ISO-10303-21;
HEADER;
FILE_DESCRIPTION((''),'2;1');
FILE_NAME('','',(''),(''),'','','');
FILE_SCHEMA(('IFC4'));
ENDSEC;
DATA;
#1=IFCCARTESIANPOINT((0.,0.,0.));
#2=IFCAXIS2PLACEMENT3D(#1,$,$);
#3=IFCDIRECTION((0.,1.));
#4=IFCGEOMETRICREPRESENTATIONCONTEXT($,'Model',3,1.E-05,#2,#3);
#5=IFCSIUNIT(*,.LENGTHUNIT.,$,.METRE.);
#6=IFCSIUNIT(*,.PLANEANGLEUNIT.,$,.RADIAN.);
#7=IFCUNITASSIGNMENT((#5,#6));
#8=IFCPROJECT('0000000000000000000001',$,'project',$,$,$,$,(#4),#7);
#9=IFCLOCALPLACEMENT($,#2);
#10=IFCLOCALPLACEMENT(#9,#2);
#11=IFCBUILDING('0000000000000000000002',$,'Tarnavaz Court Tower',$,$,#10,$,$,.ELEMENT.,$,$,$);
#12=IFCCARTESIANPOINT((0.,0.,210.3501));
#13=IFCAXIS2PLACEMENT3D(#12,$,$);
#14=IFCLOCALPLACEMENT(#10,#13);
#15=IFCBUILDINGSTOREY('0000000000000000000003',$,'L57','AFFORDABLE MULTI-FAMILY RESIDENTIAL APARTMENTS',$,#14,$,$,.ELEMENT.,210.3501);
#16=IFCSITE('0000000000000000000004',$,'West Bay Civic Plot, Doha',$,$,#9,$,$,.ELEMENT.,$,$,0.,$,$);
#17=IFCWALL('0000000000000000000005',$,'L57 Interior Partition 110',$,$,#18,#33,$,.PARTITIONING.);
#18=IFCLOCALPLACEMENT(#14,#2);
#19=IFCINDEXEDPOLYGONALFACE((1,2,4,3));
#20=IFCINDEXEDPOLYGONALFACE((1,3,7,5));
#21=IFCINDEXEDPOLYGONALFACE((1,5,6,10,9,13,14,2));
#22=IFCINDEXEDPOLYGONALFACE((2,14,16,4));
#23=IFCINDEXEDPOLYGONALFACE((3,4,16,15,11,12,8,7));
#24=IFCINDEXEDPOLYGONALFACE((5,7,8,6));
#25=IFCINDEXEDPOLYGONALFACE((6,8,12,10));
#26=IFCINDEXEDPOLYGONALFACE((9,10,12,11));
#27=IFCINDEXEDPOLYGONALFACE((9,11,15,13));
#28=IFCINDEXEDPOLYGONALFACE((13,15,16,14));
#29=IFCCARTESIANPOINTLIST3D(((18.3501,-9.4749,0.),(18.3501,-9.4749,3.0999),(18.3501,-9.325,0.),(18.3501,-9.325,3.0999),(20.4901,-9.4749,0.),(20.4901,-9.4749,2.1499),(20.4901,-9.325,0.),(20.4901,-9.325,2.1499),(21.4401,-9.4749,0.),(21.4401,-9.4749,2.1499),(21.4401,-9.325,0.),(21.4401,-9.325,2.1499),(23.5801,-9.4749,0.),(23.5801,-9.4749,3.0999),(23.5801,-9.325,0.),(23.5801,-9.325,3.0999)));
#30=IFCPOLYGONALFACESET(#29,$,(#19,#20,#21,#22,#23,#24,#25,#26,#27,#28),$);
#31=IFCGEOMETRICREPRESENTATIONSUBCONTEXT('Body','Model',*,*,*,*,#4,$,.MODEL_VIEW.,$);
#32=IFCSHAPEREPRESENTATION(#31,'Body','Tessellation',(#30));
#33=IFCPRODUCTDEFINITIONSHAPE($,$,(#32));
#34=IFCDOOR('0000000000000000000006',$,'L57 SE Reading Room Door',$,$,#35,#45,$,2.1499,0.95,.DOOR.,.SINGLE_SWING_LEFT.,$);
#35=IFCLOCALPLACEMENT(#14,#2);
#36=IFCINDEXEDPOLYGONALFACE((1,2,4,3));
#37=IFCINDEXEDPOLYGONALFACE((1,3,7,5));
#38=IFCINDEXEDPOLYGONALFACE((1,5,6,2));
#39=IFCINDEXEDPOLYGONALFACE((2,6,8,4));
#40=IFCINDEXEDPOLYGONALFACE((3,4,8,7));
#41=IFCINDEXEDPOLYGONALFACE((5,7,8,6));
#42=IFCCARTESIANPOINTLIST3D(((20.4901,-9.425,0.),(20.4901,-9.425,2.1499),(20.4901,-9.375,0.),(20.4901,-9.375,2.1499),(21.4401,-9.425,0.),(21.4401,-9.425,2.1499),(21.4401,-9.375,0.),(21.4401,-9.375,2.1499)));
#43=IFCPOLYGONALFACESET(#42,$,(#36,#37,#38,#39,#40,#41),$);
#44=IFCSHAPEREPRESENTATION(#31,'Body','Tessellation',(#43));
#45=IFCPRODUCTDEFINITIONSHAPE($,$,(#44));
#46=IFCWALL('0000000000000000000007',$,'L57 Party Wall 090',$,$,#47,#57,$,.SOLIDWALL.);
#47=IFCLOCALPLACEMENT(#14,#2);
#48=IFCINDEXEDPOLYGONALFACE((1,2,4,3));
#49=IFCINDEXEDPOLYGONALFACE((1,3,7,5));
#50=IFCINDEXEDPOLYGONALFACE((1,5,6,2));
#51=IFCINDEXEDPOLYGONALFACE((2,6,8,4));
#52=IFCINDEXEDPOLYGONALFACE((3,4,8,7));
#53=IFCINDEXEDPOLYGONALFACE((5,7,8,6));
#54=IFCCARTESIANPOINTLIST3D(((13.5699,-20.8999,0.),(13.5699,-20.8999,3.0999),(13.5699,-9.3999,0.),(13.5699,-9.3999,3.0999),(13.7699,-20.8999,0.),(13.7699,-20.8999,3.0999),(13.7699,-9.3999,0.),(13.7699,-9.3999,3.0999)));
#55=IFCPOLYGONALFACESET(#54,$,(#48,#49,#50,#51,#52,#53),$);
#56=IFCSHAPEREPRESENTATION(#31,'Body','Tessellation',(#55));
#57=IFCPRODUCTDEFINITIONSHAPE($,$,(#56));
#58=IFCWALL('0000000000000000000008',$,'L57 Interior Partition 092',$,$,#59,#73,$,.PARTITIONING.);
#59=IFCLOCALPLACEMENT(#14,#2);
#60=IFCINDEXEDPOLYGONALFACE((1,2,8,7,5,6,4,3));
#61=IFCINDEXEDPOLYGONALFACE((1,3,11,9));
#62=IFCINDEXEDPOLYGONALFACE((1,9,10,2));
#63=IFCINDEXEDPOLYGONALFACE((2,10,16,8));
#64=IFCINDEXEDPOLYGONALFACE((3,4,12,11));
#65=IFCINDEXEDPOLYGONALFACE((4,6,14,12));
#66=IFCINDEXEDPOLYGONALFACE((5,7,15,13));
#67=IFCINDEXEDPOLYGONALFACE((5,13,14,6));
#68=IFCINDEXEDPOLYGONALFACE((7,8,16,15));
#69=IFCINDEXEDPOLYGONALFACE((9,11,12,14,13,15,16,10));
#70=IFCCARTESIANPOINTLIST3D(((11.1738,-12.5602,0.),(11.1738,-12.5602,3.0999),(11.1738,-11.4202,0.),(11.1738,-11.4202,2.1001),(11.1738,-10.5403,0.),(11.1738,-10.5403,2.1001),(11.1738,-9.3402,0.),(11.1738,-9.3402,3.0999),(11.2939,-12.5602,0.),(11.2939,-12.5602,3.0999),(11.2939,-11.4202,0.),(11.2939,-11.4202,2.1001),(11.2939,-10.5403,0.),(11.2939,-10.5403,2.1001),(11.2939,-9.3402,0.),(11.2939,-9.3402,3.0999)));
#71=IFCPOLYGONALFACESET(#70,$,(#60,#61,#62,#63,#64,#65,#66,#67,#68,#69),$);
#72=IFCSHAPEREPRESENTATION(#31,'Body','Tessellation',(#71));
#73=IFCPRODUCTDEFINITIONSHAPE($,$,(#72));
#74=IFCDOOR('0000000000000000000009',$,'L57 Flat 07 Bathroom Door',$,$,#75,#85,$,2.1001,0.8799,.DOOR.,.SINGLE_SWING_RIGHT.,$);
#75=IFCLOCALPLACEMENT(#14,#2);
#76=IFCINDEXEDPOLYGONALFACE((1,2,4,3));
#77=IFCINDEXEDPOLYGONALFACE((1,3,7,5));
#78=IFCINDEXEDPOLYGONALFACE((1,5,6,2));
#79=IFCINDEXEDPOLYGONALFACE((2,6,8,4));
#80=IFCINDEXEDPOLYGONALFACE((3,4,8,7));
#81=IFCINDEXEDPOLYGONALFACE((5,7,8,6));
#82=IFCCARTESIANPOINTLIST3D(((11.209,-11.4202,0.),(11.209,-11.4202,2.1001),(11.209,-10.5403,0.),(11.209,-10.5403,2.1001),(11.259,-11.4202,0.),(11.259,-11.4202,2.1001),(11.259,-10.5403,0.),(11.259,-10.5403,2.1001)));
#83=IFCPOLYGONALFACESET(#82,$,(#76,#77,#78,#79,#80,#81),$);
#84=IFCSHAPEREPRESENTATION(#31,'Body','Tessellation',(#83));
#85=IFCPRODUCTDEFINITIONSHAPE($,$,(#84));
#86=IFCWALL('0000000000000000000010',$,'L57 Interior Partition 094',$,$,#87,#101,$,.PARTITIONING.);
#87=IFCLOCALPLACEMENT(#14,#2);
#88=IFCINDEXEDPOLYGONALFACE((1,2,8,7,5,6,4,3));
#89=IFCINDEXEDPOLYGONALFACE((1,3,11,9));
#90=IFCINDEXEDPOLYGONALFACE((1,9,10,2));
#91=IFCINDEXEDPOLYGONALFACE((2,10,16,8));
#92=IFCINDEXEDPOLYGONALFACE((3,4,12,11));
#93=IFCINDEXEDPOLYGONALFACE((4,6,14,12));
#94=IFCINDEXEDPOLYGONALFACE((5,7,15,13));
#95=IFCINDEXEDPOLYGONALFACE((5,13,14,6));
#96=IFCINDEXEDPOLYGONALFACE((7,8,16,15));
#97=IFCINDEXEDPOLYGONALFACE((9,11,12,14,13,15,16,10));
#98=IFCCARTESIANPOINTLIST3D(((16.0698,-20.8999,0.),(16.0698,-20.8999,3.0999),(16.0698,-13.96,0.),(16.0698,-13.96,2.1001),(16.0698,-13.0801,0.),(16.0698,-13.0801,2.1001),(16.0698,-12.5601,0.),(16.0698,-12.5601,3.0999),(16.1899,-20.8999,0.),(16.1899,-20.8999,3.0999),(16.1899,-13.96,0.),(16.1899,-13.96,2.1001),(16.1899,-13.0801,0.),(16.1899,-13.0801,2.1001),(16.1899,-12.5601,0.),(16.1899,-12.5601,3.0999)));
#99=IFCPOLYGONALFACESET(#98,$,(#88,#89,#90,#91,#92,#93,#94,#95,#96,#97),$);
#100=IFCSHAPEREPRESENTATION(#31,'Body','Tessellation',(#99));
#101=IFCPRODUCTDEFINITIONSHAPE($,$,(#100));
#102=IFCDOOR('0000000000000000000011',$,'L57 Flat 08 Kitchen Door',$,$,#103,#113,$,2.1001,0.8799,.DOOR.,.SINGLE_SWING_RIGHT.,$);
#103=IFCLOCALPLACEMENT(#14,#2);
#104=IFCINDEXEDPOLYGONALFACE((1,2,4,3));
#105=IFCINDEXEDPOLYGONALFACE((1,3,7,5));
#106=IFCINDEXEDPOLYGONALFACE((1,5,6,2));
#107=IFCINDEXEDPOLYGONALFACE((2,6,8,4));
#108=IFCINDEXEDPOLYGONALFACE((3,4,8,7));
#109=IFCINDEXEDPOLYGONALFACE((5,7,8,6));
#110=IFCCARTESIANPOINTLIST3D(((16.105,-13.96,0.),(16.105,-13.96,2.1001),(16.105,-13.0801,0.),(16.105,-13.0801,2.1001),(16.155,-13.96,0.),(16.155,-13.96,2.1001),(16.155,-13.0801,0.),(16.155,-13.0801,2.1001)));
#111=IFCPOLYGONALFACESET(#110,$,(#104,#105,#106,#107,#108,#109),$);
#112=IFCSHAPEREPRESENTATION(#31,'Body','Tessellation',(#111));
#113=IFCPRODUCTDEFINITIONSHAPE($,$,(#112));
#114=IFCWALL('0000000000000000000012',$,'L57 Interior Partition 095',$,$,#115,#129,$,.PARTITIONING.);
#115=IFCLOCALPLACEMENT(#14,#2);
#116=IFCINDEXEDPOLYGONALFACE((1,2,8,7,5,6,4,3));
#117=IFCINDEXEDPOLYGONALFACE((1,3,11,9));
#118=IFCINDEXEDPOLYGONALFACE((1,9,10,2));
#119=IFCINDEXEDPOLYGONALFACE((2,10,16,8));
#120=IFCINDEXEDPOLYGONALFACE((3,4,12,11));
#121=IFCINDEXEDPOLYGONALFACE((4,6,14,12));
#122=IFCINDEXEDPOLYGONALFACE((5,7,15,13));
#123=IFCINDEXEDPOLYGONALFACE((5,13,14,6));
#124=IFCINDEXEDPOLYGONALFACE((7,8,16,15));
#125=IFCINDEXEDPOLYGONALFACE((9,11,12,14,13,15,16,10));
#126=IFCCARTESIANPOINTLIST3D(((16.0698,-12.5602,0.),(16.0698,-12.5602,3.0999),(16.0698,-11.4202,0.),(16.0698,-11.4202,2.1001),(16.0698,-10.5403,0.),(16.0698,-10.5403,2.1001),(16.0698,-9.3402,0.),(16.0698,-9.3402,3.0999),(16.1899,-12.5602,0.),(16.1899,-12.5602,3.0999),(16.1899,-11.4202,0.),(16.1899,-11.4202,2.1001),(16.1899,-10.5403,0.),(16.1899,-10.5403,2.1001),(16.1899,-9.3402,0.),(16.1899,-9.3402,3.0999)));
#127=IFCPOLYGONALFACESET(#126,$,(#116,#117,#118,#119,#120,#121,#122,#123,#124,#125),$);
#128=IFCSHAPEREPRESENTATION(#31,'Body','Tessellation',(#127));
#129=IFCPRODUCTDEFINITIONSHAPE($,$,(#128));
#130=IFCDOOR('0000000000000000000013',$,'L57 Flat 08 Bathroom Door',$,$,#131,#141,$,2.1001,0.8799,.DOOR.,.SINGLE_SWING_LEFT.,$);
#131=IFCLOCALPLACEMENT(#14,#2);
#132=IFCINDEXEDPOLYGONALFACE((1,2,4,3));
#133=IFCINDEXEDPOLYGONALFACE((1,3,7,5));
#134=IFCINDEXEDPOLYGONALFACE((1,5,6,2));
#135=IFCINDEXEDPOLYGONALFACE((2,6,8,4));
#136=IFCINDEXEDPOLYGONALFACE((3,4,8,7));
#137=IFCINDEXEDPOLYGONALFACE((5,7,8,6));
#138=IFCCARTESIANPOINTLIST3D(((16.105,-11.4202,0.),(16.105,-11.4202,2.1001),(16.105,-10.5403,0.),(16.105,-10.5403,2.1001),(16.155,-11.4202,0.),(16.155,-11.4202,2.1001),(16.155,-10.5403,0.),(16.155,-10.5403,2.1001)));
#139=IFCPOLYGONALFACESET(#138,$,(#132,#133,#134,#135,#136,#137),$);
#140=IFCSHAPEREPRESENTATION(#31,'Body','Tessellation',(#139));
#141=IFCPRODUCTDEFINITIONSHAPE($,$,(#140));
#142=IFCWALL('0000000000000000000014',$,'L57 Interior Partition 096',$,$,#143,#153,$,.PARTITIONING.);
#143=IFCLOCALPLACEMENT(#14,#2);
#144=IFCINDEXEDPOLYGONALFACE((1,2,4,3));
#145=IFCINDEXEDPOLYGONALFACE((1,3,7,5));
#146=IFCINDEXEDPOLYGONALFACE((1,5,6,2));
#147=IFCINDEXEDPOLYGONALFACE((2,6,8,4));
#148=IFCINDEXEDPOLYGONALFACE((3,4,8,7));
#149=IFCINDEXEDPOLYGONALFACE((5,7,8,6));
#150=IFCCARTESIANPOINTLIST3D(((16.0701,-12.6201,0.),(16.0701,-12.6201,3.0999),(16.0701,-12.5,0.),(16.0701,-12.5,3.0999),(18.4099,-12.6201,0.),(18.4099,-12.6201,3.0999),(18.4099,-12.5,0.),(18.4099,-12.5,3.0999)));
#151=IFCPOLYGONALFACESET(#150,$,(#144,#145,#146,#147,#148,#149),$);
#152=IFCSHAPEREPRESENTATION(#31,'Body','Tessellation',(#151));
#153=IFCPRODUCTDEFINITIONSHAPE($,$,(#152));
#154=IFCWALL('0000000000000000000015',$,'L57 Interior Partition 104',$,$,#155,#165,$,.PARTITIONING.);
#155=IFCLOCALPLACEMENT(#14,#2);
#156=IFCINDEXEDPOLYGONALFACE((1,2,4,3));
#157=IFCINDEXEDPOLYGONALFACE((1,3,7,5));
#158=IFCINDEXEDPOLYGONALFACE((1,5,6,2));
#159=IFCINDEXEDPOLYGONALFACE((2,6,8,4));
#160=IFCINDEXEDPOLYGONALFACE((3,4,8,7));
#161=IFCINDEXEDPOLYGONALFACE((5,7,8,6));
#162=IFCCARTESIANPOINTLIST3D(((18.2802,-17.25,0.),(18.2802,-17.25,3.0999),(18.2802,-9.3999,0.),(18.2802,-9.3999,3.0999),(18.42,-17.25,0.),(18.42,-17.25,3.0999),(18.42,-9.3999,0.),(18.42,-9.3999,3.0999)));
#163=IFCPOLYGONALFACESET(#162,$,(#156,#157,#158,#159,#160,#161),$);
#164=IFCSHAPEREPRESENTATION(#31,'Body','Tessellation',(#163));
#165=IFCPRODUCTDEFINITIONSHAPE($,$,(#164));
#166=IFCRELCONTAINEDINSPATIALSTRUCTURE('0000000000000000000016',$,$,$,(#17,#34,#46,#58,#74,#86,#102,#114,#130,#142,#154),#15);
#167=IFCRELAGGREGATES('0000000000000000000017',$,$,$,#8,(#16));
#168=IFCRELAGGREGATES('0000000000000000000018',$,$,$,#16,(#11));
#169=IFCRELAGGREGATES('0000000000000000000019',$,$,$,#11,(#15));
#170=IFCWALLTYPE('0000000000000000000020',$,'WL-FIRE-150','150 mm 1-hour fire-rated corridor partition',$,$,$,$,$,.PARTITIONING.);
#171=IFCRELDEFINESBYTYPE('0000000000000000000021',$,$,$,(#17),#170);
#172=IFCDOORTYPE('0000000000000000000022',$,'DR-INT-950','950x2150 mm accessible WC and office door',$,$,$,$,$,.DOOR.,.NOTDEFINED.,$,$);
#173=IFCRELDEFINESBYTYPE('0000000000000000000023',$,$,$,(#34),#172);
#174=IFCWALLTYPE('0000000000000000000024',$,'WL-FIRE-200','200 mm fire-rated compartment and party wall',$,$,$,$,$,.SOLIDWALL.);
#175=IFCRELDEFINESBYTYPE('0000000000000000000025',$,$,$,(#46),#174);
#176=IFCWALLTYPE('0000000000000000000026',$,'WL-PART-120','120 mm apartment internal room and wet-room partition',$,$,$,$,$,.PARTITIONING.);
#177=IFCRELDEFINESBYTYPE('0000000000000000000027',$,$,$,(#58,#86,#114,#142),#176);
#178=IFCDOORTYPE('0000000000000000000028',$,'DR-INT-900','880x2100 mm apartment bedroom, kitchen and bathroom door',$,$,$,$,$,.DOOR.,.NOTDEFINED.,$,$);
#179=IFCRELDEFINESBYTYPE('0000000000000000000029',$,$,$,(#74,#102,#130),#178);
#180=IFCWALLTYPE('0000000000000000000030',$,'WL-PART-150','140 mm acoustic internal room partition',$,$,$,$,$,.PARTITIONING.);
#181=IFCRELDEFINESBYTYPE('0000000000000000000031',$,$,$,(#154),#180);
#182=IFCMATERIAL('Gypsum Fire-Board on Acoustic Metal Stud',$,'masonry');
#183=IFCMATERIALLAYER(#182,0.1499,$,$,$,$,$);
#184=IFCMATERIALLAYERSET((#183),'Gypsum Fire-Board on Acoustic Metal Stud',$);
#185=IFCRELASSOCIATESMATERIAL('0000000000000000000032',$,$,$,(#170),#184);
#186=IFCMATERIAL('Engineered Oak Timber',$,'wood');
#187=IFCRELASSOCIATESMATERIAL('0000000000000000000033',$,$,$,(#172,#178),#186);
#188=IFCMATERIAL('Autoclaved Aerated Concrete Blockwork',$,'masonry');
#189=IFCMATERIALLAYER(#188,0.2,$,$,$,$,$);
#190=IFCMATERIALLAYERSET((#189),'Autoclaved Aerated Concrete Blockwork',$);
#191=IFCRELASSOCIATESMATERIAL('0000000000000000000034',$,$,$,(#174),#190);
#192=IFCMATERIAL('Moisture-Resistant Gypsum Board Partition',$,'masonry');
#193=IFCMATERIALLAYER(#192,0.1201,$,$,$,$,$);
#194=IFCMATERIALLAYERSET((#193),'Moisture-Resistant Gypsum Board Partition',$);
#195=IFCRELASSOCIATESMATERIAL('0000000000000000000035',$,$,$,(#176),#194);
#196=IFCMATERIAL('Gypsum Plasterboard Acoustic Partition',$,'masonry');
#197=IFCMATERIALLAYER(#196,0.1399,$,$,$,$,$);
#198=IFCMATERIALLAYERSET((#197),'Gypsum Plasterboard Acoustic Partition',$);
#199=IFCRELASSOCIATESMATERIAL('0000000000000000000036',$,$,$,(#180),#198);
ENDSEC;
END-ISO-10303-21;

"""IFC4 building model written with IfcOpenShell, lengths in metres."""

from ifc_helpers import new_model, si_unit, direction, frame, frame_2d, origin, place, context, subcontext, project, spatial, rectangle, extrude, material, layer, layer_set, type_object, element, fill, save


model = new_model("IFC4")

# Units and contexts
model_context = context("Model", 3, precision=1e-05, world=origin(), true_north=direction((0.0, 1.0)))
body_context = subcontext(model_context, "Body", "Model", "MODEL_VIEW")
ifc_project = project(units=[si_unit("LENGTHUNIT", "METRE"), si_unit("PLANEANGLEUNIT", "RADIAN")], contexts=[model_context])

# Site, building, storey
site_placement = place(None, origin())
site = spatial("IfcSite", under=ifc_project, at=site_placement, Name="West Bay Civic Plot, Doha", CompositionType="ELEMENT", RefElevation=0.0)
building_placement = place(site_placement, origin())
building = spatial("IfcBuilding", under=site, at=building_placement, Name="Tarnavaz Court Tower", CompositionType="ELEMENT")
storey_placement = place(building_placement, frame((0.0, 0.0, 210.3501)))
storey = spatial("IfcBuildingStorey", under=building, at=storey_placement, Name="L57", Description="AFFORDABLE MULTI-FAMILY RESIDENTIAL APARTMENTS", CompositionType="ELEMENT", Elevation=210.3501)

# Wall, opening, door
ifc_material_1 = material(Name="Gypsum Fire-Board on Acoustic Metal Stud", Category="masonry")
ifc_layer_1 = layer(ifc_material_1, 0.1499)
ifc_layer_set_1 = layer_set([ifc_layer_1], Name="Gypsum Fire-Board on Acoustic Metal Stud")
wall_type_1 = type_object("IfcWallType", Name="WL-FIRE-150", Description="150 mm 1-hour fire-rated corridor partition", PredefinedType="PARTITIONING", material=ifc_layer_set_1)
wall_1_placement = place(storey_placement, frame((18.3501, -9.3999, 0.0), z_axis=(0.0, 0.0, 1.0), x_axis=(1.0, 0.0, 0.0)))
wall_1 = element("IfcWall", 1, at=wall_1_placement, inside=storey, type_object=wall_type_1, Name="L57 Interior Partition 110", PredefinedType="PARTITIONING", context=body_context, shape_type="SweptSolid", body=[
    extrude(rectangle(XDim=5.23, YDim=0.1499, at=frame_2d((2.615, 0.0))), origin(), (0.0, 0.0, 1.0), 3.0999),
])
opening_1_placement = place(wall_1_placement, frame((2.1399, 0.0, 0.0)))
opening_1 = element("IfcOpeningElement", 2, at=opening_1_placement, cuts=wall_1, PredefinedType="OPENING", context=body_context, shape_type="SweptSolid", body=[
    extrude(rectangle(XDim=0.95, YDim=2.1499, at=frame_2d((0.4751, 1.075))), frame((0.0, 0.085, 0.0), z_axis=(0.0, -1.0, 0.0), x_axis=(1.0, 0.0, 0.0)), (0.0, 0.0, 1.0), 0.1699),
])
ifc_material_2 = material(Name="Engineered Oak Timber", Category="wood")
door_type_1 = type_object("IfcDoorType", Name="DR-INT-950", Description="950x2150 mm accessible WC and office door", OperationType="NOTDEFINED", PredefinedType="DOOR", material=ifc_material_2)
door_1_placement = place(opening_1_placement, origin())
door_1 = element("IfcDoor", 3, at=door_1_placement, inside=storey, type_object=door_type_1, Name="L57 SE Reading Room Door", OperationType="SINGLE_SWING_LEFT", OverallHeight=2.1499, OverallWidth=0.95, PredefinedType="DOOR", context=body_context, shape_type="SweptSolid", body=[
    extrude(rectangle(XDim=0.95, YDim=2.1499, at=frame_2d((0.4751, 1.075))), frame((0.0, 0.0249, 0.0), z_axis=(0.0, -1.0, 0.0), x_axis=(1.0, 0.0, 0.0)), (0.0, 0.0, 1.0), 0.05),
])
fill(opening_1, door_1)

# Wall
ifc_material_3 = material(Name="Autoclaved Aerated Concrete Blockwork", Category="masonry")
ifc_layer_2 = layer(ifc_material_3, 0.2)
ifc_layer_set_2 = layer_set([ifc_layer_2], Name="Autoclaved Aerated Concrete Blockwork")
wall_type_2 = type_object("IfcWallType", Name="WL-FIRE-200", Description="200 mm fire-rated compartment and party wall", PredefinedType="SOLIDWALL", material=ifc_layer_set_2)
wall_2_placement = place(storey_placement, frame((13.6699, -20.8999, 0.0), z_axis=(0.0, 0.0, 1.0), x_axis=(0.0, 1.0, 0.0)))
element("IfcWall", 4, at=wall_2_placement, inside=storey, type_object=wall_type_2, Name="L57 Party Wall 090", PredefinedType="SOLIDWALL", context=body_context, shape_type="SweptSolid", body=[
    extrude(rectangle(XDim=11.5, YDim=0.2, at=frame_2d((5.75, 0.0))), origin(), (0.0, 0.0, 1.0), 3.0999),
])

# Walls, openings, doors
ifc_material_4 = material(Name="Moisture-Resistant Gypsum Board Partition", Category="masonry")
ifc_layer_3 = layer(ifc_material_4, 0.1201)
ifc_layer_set_3 = layer_set([ifc_layer_3], Name="Moisture-Resistant Gypsum Board Partition")
wall_type_3 = type_object("IfcWallType", Name="WL-PART-120", Description="120 mm apartment internal room and wet-room partition", PredefinedType="PARTITIONING", material=ifc_layer_set_3)
wall_3_placement = place(storey_placement, frame((11.2339, -12.5601, 0.0), z_axis=(0.0, 0.0, 1.0), x_axis=(0.0, 1.0, 0.0)))
wall_3 = element("IfcWall", 5, at=wall_3_placement, inside=storey, type_object=wall_type_3, Name="L57 Interior Partition 092", PredefinedType="PARTITIONING", context=body_context, shape_type="SweptSolid", body=[
    extrude(rectangle(XDim=3.22, YDim=0.1201, at=frame_2d((1.6099, 0.0))), origin(), (0.0, 0.0, 1.0), 3.0999),
])
opening_2_placement = place(wall_3_placement, frame((1.1399, 0.0, 0.0)))
opening_2 = element("IfcOpeningElement", 6, at=opening_2_placement, cuts=wall_3, PredefinedType="OPENING", context=body_context, shape_type="SweptSolid", body=[
    extrude(rectangle(XDim=0.8799, YDim=2.1001, at=frame_2d((0.4399, 1.05))), frame((0.0, 0.0701, 0.0), z_axis=(0.0, -1.0, 0.0), x_axis=(1.0, 0.0, 0.0)), (0.0, 0.0, 1.0), 0.1401),
])
door_type_2 = type_object("IfcDoorType", Name="DR-INT-900", Description="880x2100 mm apartment bedroom, kitchen and bathroom door", OperationType="NOTDEFINED", PredefinedType="DOOR", material=ifc_material_2)
door_2_placement = place(opening_2_placement, origin())
door_2 = element("IfcDoor", 7, at=door_2_placement, inside=storey, type_object=door_type_2, Name="L57 Flat 07 Bathroom Door", OperationType="SINGLE_SWING_RIGHT", OverallHeight=2.1001, OverallWidth=0.8799, PredefinedType="DOOR", context=body_context, shape_type="SweptSolid", body=[
    extrude(rectangle(XDim=0.8799, YDim=2.1001, at=frame_2d((0.4399, 1.05))), frame((0.0, 0.0249, 0.0), z_axis=(0.0, -1.0, 0.0), x_axis=(1.0, 0.0, 0.0)), (0.0, 0.0, 1.0), 0.05),
])
fill(opening_2, door_2)
wall_4_placement = place(storey_placement, frame((16.1299, -20.8999, 0.0), z_axis=(0.0, 0.0, 1.0), x_axis=(0.0, 1.0, 0.0)))
wall_4 = element("IfcWall", 8, at=wall_4_placement, inside=storey, type_object=wall_type_3, Name="L57 Interior Partition 094", PredefinedType="PARTITIONING", context=body_context, shape_type="SweptSolid", body=[
    extrude(rectangle(XDim=8.3398, YDim=0.1201, at=frame_2d((4.1699, 0.0))), origin(), (0.0, 0.0, 1.0), 3.0999),
])
opening_3_placement = place(wall_4_placement, frame((6.9399, 0.0, 0.0)))
opening_3 = element("IfcOpeningElement", 9, at=opening_3_placement, cuts=wall_4, PredefinedType="OPENING", context=body_context, shape_type="SweptSolid", body=[
    extrude(rectangle(XDim=0.8799, YDim=2.1001, at=frame_2d((0.4399, 1.05))), frame((0.0, 0.0701, 0.0), z_axis=(0.0, -1.0, 0.0), x_axis=(1.0, 0.0, 0.0)), (0.0, 0.0, 1.0), 0.1401),
])
door_3_placement = place(opening_3_placement, origin())
door_3 = element("IfcDoor", 10, at=door_3_placement, inside=storey, type_object=door_type_2, Name="L57 Flat 08 Kitchen Door", OperationType="SINGLE_SWING_RIGHT", OverallHeight=2.1001, OverallWidth=0.8799, PredefinedType="DOOR", context=body_context, shape_type="SweptSolid", body=[
    extrude(rectangle(XDim=0.8799, YDim=2.1001, at=frame_2d((0.4399, 1.05))), frame((0.0, 0.0249, 0.0), z_axis=(0.0, -1.0, 0.0), x_axis=(1.0, 0.0, 0.0)), (0.0, 0.0, 1.0), 0.05),
])
fill(opening_3, door_3)
wall_5_placement = place(storey_placement, frame((16.1299, -12.5601, 0.0), z_axis=(0.0, 0.0, 1.0), x_axis=(0.0, 1.0, 0.0)))
wall_5 = element("IfcWall", 11, at=wall_5_placement, inside=storey, type_object=wall_type_3, Name="L57 Interior Partition 095", PredefinedType="PARTITIONING", context=body_context, shape_type="SweptSolid", body=[
    extrude(rectangle(XDim=3.22, YDim=0.1201, at=frame_2d((1.6099, 0.0))), origin(), (0.0, 0.0, 1.0), 3.0999),
])
opening_4_placement = place(wall_5_placement, frame((1.1399, 0.0, 0.0)))
opening_4 = element("IfcOpeningElement", 12, at=opening_4_placement, cuts=wall_5, PredefinedType="OPENING", context=body_context, shape_type="SweptSolid", body=[
    extrude(rectangle(XDim=0.8799, YDim=2.1001, at=frame_2d((0.4399, 1.05))), frame((0.0, 0.0701, 0.0), z_axis=(0.0, -1.0, 0.0), x_axis=(1.0, 0.0, 0.0)), (0.0, 0.0, 1.0), 0.1401),
])
door_4_placement = place(opening_4_placement, origin())
door_4 = element("IfcDoor", 13, at=door_4_placement, inside=storey, type_object=door_type_2, Name="L57 Flat 08 Bathroom Door", OperationType="SINGLE_SWING_LEFT", OverallHeight=2.1001, OverallWidth=0.8799, PredefinedType="DOOR", context=body_context, shape_type="SweptSolid", body=[
    extrude(rectangle(XDim=0.8799, YDim=2.1001, at=frame_2d((0.4399, 1.05))), frame((0.0, 0.0249, 0.0), z_axis=(0.0, -1.0, 0.0), x_axis=(1.0, 0.0, 0.0)), (0.0, 0.0, 1.0), 0.05),
])
fill(opening_4, door_4)

# Walls
wall_6_placement = place(storey_placement, frame((16.0701, -12.5601, 0.0), z_axis=(0.0, 0.0, 1.0), x_axis=(1.0, 0.0, 0.0)))
element("IfcWall", 14, at=wall_6_placement, inside=storey, type_object=wall_type_3, Name="L57 Interior Partition 096", PredefinedType="PARTITIONING", context=body_context, shape_type="SweptSolid", body=[
    extrude(rectangle(XDim=2.3398, YDim=0.1201, at=frame_2d((1.1699, 0.0))), origin(), (0.0, 0.0, 1.0), 3.0999),
])
ifc_material_5 = material(Name="Gypsum Plasterboard Acoustic Partition", Category="masonry")
ifc_layer_4 = layer(ifc_material_5, 0.1399)
ifc_layer_set_4 = layer_set([ifc_layer_4], Name="Gypsum Plasterboard Acoustic Partition")
wall_type_4 = type_object("IfcWallType", Name="WL-PART-150", Description="140 mm acoustic internal room partition", PredefinedType="PARTITIONING", material=ifc_layer_set_4)
wall_7_placement = place(storey_placement, frame((18.3501, -17.25, 0.0), z_axis=(0.0, 0.0, 1.0), x_axis=(0.0, 1.0, 0.0)))
element("IfcWall", 15, at=wall_7_placement, inside=storey, type_object=wall_type_4, Name="L57 Interior Partition 104", PredefinedType="PARTITIONING", context=body_context, shape_type="SweptSolid", body=[
    extrude(rectangle(XDim=7.8501, YDim=0.1399, at=frame_2d((3.925, 0.0))), origin(), (0.0, 0.0, 1.0), 3.0999),
])

save(model, "model.ifc")
